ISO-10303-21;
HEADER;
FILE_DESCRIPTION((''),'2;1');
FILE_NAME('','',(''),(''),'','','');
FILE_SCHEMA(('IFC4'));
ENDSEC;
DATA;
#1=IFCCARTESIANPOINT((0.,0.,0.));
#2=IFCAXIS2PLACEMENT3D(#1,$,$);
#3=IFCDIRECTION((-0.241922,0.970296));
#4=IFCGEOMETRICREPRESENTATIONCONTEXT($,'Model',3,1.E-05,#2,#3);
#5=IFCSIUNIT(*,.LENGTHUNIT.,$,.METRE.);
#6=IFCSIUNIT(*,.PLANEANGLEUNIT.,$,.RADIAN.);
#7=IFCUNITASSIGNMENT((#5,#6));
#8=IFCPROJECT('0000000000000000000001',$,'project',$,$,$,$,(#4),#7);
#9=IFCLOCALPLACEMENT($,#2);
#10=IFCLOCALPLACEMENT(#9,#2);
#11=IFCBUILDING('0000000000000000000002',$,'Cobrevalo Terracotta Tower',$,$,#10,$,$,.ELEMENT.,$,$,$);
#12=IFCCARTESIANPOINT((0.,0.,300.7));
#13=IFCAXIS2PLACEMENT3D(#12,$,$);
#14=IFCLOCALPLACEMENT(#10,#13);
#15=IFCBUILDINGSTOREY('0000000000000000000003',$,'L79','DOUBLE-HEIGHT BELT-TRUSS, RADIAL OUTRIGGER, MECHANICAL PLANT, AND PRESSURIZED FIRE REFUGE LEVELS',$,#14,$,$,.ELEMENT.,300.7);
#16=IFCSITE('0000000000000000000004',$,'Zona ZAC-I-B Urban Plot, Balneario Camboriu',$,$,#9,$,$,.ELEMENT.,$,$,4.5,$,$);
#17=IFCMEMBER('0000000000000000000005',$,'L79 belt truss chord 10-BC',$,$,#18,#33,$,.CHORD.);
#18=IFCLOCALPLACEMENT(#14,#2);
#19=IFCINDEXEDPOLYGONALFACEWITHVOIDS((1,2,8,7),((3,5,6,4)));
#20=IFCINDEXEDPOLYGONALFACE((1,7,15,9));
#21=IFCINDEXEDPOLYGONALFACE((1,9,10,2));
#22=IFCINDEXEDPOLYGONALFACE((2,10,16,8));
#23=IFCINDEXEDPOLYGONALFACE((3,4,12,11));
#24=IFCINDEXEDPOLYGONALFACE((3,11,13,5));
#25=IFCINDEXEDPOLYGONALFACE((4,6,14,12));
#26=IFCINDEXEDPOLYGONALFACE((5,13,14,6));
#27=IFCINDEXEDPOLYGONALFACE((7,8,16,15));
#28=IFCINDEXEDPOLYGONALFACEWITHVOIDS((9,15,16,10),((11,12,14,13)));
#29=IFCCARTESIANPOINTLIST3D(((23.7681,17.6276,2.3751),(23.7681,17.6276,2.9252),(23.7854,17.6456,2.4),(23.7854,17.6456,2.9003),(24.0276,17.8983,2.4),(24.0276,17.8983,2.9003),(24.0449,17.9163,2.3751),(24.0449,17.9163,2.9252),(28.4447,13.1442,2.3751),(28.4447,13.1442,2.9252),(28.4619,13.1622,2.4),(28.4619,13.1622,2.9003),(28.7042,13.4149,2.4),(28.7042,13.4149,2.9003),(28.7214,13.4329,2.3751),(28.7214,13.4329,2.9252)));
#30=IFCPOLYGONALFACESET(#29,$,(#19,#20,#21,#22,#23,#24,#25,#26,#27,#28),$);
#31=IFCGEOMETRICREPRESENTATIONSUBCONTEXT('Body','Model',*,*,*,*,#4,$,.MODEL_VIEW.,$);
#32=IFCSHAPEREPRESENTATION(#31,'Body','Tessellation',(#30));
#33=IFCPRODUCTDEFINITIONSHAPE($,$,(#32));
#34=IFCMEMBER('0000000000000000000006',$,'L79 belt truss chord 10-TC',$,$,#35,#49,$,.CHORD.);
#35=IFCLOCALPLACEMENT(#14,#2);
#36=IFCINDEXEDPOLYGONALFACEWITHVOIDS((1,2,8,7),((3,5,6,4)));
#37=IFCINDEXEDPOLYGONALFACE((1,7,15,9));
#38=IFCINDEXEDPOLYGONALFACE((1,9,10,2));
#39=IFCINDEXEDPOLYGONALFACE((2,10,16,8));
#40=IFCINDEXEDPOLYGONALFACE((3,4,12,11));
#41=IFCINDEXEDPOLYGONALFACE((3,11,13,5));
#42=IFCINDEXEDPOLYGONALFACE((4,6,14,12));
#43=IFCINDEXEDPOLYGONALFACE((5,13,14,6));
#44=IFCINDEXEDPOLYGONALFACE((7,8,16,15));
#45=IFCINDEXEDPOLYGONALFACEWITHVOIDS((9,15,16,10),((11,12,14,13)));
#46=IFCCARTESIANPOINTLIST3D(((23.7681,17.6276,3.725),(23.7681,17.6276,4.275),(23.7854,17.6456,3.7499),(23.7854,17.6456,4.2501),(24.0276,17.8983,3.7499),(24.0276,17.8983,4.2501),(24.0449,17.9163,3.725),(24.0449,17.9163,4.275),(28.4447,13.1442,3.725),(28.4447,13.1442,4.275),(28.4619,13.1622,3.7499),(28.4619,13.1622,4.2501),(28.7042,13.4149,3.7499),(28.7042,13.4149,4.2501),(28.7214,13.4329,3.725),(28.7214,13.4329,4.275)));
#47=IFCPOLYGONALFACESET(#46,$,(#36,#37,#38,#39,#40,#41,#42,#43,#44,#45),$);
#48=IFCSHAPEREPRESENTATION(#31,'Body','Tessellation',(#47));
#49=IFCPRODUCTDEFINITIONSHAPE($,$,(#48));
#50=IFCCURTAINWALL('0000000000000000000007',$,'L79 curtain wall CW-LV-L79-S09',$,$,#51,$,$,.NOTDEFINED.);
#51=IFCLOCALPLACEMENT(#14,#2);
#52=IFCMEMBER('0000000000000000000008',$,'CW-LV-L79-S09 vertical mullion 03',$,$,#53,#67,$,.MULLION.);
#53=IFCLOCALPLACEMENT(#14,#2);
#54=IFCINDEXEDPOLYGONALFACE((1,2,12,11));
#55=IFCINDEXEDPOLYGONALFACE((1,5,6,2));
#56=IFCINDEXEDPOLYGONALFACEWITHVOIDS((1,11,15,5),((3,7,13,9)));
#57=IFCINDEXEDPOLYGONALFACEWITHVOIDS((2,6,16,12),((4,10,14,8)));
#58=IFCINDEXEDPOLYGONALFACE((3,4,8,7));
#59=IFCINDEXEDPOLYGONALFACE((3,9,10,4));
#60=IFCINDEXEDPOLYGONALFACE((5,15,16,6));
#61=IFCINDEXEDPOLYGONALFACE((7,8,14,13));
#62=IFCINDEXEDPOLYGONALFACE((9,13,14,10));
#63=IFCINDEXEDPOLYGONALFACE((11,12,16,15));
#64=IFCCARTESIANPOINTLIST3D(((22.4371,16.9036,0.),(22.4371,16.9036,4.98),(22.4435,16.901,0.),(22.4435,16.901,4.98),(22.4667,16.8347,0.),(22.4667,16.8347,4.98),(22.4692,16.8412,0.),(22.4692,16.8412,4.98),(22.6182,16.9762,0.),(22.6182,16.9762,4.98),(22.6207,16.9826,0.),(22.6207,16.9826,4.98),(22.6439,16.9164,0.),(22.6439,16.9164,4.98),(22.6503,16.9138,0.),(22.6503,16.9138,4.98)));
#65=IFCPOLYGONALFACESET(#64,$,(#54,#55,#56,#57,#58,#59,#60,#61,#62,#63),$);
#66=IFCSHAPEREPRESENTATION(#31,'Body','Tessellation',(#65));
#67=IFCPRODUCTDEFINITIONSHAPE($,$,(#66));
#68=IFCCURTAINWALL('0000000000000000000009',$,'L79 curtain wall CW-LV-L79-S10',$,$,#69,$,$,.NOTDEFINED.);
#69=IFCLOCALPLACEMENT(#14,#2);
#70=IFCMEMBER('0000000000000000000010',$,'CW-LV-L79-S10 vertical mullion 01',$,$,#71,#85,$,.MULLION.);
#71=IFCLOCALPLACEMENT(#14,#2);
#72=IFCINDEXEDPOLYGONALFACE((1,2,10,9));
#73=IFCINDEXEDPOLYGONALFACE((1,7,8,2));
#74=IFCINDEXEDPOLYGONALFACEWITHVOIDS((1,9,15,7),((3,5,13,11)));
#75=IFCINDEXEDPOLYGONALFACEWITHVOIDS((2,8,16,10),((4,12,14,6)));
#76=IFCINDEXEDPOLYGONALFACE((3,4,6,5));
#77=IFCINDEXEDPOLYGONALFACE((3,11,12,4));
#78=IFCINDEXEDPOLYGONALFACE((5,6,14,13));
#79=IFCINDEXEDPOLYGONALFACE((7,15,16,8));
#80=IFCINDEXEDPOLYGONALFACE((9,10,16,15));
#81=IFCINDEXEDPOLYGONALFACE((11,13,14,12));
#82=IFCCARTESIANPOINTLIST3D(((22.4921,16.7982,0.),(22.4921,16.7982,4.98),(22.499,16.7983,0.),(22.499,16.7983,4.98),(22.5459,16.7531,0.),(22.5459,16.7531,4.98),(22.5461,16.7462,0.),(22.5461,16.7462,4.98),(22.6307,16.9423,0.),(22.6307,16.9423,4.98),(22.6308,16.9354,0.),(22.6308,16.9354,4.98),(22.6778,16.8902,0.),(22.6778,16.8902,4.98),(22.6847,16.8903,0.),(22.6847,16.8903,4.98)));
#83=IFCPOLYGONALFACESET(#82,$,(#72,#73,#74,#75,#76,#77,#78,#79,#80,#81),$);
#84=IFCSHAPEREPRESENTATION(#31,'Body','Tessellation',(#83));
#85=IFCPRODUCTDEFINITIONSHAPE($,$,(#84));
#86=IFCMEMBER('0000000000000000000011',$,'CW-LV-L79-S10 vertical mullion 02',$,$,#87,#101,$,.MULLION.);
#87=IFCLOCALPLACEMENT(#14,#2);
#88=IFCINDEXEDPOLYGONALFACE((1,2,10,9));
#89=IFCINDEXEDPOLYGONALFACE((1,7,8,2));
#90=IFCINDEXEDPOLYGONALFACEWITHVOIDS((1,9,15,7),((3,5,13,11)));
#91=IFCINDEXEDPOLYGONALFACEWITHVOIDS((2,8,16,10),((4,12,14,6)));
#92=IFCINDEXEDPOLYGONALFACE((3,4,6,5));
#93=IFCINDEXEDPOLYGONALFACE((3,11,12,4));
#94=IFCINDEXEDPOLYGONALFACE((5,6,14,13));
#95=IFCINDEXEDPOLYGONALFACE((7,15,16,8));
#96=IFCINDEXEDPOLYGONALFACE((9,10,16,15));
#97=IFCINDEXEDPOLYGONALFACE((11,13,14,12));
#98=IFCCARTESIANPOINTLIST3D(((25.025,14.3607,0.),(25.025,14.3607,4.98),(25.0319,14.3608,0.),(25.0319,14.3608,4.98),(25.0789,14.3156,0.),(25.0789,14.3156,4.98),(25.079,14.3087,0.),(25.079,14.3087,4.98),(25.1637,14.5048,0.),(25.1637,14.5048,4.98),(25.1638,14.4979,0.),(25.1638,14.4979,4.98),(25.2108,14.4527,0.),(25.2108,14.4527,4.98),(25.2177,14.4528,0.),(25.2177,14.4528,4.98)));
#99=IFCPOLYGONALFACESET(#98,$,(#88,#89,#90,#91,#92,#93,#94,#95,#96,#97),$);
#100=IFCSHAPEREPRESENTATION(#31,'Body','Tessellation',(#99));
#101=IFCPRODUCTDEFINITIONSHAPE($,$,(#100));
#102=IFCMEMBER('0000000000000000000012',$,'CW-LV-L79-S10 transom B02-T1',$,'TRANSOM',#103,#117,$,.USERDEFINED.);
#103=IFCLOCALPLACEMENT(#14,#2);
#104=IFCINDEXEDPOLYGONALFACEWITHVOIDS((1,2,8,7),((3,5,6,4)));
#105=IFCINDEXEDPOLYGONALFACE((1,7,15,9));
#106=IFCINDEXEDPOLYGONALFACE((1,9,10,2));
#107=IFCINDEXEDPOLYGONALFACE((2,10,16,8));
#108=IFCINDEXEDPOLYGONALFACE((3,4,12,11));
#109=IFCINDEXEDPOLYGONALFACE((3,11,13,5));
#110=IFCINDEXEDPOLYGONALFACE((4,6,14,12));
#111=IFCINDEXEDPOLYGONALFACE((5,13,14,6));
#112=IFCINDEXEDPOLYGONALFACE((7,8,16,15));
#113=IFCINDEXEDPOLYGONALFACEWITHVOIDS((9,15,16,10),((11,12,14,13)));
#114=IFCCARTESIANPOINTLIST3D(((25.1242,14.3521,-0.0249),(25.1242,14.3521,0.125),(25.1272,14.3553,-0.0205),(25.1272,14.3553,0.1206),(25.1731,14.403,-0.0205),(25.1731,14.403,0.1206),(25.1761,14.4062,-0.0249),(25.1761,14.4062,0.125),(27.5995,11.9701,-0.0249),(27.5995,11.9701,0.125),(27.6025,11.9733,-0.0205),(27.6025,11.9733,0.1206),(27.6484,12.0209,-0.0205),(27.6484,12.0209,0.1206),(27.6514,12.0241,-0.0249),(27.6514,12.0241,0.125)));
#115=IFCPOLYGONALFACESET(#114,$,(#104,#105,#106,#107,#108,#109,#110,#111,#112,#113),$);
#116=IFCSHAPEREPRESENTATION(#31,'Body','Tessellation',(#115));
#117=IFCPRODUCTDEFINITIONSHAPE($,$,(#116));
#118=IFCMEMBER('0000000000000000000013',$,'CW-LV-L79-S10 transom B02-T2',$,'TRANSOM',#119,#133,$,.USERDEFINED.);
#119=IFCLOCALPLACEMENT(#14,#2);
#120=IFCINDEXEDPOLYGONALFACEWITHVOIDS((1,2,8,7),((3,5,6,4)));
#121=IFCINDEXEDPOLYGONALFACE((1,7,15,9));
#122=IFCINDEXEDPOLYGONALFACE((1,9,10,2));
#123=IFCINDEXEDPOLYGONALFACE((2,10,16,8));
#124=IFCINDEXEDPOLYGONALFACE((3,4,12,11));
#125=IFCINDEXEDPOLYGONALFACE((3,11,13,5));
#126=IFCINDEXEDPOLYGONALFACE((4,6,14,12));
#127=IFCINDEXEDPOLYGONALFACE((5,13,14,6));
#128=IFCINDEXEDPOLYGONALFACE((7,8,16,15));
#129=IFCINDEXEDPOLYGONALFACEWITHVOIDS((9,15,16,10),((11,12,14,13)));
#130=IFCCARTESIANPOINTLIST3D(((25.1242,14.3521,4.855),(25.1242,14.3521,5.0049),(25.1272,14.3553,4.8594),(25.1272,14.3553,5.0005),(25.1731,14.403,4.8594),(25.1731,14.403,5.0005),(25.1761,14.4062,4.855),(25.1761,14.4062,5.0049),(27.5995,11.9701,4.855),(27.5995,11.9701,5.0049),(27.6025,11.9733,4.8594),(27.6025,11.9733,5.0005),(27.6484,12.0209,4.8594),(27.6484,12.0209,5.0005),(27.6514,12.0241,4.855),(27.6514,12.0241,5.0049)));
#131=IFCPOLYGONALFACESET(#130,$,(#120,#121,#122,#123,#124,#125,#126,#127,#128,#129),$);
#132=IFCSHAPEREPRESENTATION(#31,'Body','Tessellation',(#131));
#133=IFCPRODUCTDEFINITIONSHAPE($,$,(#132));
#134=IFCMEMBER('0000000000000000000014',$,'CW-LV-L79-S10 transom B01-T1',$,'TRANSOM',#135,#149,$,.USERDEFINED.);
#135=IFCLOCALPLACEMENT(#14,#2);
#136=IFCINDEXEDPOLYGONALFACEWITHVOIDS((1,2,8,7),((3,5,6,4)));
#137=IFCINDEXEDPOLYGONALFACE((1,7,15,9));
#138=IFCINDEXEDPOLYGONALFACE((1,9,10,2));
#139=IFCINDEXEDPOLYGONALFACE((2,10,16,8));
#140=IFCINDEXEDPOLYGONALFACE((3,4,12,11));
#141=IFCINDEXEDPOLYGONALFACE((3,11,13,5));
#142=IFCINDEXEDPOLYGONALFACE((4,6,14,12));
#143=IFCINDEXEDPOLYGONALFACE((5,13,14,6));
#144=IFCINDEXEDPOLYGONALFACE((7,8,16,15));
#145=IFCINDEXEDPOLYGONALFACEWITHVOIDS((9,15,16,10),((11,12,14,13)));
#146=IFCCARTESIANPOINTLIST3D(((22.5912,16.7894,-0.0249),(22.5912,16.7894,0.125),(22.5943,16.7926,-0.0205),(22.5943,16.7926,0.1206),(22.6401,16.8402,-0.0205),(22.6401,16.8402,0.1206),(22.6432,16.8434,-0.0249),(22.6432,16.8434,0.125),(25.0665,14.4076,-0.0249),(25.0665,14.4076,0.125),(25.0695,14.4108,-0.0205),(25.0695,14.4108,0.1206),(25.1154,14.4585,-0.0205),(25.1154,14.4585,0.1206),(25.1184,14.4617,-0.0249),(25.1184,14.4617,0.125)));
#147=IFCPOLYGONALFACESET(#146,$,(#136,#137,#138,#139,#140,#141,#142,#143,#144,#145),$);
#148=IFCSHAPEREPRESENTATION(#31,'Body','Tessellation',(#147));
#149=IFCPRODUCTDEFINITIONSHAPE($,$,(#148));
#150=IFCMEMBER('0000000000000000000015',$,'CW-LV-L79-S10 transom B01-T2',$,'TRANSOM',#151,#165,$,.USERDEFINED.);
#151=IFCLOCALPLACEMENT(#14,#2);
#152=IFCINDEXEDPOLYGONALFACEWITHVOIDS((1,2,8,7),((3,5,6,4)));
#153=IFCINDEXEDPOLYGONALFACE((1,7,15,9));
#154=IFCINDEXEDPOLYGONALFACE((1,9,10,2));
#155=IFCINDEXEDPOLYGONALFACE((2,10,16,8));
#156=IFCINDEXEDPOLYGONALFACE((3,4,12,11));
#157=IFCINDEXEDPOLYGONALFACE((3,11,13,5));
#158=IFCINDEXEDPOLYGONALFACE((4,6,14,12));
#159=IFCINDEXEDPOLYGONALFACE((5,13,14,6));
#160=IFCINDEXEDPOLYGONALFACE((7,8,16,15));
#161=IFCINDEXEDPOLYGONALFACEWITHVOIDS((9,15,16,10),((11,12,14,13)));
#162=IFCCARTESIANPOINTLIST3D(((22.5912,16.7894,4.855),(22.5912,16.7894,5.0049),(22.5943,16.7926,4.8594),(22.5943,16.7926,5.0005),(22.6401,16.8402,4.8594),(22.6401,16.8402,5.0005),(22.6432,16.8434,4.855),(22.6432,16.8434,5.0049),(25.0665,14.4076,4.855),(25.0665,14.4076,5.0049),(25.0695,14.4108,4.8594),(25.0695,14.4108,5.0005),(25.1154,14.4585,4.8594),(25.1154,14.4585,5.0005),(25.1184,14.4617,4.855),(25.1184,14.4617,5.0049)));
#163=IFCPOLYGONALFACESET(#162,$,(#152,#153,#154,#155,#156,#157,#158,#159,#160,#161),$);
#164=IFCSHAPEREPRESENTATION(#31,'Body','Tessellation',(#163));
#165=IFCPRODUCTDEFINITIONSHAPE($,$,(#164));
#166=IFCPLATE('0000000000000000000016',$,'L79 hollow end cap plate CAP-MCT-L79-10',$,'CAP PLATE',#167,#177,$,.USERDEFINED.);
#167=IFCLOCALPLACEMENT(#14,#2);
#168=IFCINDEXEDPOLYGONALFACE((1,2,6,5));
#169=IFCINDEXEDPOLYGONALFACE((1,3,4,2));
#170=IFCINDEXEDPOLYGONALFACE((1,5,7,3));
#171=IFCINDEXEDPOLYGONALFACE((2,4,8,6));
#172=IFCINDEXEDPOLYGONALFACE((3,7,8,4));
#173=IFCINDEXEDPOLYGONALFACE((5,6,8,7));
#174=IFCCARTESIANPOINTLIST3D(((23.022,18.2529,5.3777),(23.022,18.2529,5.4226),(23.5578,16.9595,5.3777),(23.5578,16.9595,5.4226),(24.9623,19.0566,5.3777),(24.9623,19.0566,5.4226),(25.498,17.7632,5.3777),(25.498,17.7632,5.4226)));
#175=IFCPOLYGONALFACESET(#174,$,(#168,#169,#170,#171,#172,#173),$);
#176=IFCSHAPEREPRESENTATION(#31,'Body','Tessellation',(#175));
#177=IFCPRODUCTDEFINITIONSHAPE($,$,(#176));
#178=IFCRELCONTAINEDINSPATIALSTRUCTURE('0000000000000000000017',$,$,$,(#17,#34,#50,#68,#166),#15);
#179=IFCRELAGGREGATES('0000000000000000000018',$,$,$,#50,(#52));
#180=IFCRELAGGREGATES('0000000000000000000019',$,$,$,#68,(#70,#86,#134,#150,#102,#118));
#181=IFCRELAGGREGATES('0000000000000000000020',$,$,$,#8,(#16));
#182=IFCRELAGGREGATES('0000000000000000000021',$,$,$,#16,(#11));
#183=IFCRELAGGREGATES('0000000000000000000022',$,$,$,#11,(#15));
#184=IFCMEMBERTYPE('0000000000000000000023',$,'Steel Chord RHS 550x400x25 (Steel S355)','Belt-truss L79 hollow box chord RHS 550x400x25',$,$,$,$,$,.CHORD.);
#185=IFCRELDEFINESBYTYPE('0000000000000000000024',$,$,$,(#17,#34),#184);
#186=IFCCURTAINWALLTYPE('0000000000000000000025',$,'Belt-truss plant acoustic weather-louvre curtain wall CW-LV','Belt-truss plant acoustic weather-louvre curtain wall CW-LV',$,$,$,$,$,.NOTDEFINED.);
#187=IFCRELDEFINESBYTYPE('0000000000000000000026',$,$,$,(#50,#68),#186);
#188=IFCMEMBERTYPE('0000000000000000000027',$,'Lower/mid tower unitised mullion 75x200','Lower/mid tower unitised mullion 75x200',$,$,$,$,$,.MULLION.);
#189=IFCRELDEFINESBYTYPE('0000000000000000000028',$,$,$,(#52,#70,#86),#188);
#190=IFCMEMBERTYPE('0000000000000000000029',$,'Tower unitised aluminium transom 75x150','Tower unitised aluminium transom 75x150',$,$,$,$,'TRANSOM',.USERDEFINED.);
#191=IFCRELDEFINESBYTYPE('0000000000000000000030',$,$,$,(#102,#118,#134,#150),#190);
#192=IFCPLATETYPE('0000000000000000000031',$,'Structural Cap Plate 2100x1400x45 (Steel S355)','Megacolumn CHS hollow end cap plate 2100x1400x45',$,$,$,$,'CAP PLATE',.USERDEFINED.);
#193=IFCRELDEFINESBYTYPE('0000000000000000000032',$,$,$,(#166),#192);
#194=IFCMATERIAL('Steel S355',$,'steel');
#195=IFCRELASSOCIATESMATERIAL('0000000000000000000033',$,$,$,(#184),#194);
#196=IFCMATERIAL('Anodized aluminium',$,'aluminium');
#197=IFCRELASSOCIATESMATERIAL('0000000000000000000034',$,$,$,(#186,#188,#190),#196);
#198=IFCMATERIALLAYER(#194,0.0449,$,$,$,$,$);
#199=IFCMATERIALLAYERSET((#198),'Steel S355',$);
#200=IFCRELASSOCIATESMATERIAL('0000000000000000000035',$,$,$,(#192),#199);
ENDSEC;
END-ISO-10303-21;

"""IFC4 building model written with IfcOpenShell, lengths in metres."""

from ifc_helpers import new_model, si_unit, direction, frame, origin, origin_2d, place, context, subcontext, project, spatial, rectangle, hollow_rectangle, extrude, source, transform, mapped, material, layer, layer_set, material_profile, profile_set, type_object, element, aggregate, save


model = new_model("IFC4")

# Units and contexts
model_context = context("Model", 3, precision=1e-05, world=origin(), true_north=direction((-0.241922, 0.970296)))
body_context = subcontext(model_context, "Body", "Model", "MODEL_VIEW")
ifc_project = project(units=[si_unit("LENGTHUNIT", "METRE"), si_unit("PLANEANGLEUNIT", "RADIAN")], contexts=[model_context])

# Site, building, storey
site_placement = place(None, origin())
site = spatial("IfcSite", under=ifc_project, at=site_placement, Name="Zona ZAC-I-B Urban Plot, Balneario Camboriu", CompositionType="ELEMENT", RefElevation=4.5)
building_placement = place(site_placement, origin())
building = spatial("IfcBuilding", under=site, at=building_placement, Name="Cobrevalo Terracotta Tower", CompositionType="ELEMENT")
storey_placement = place(building_placement, frame((0.0, 0.0, 300.7)))
storey = spatial("IfcBuildingStorey", under=building, at=storey_placement, Name="L79", Description="DOUBLE-HEIGHT BELT-TRUSS, RADIAL OUTRIGGER, MECHANICAL PLANT, AND PRESSURIZED FIRE REFUGE LEVELS", CompositionType="ELEMENT", Elevation=300.7)

# Shared definitions
ifc_material_1 = material(Name="Steel S355", Category="steel")

# Members
ifc_material_profile_1 = material_profile(ifc_material_1, hollow_rectangle(XDim=0.3999, YDim=0.55, WallThickness=0.0249, at=origin_2d()), Name="RHS 550x400x25")
ifc_profile_set_1 = profile_set([ifc_material_profile_1], Name="Steel S355")
member_type_1 = type_object("IfcMemberType", Name="Steel Chord RHS 550x400x25 (Steel S355)", Description="Belt-truss L79 hollow box chord RHS 550x400x25", PredefinedType="CHORD", material=ifc_profile_set_1)
shared_shape_1 = source(origin(), body_context, "Body", "SweptSolid", [
    extrude(hollow_rectangle(XDim=0.3999, YDim=0.55, WallThickness=0.0249, at=origin_2d()), origin(), (0.0, 0.0, 1.0), 6.4785),
])
for number, where, z_axis, x_axis, name in (
    (1, (23.9065, 17.772, 2.6501), (0.721854, -0.692045, 0.0), (0.692045, 0.721854, 0.0), "L79 belt truss chord 10-BC"),
    (2, (23.9065, 17.772, 4.0), (0.721854, -0.692045, 0.0), (0.692045, 0.721854, 0.0), "L79 belt truss chord 10-TC"),
):
    element("IfcMember", number, at=place(storey_placement, frame(where, z_axis=z_axis, x_axis=x_axis)), inside=storey, type_object=member_type_1, Name=name, PredefinedType="CHORD", context=body_context, shape_type="MappedRepresentation", body=[
        mapped(shared_shape_1, transform((0.0, 0.0, 0.0), scale=1.0)),
    ])

# Curtain wall, member
ifc_material_2 = material(Name="Anodized aluminium", Category="aluminium")
curtain_wall_type = type_object("IfcCurtainWallType", Name="Belt-truss plant acoustic weather-louvre curtain wall CW-LV", Description="Belt-truss plant acoustic weather-louvre curtain wall CW-LV", PredefinedType="NOTDEFINED", material=ifc_material_2)
curtain_wall_1_placement = place(storey_placement, origin())
curtain_wall_1 = element("IfcCurtainWall", 3, at=curtain_wall_1_placement, inside=storey, type_object=curtain_wall_type, Name="L79 curtain wall CW-LV-L79-S09", PredefinedType="NOTDEFINED")
ifc_material_profile_2 = material_profile(ifc_material_2, hollow_rectangle(XDim=0.075, YDim=0.2, WallThickness=0.0049, at=origin_2d()), Name="CWM 75x200")
ifc_profile_set_2 = profile_set([ifc_material_profile_2], Name="Anodized aluminium")
member_type_2 = type_object("IfcMemberType", Name="Lower/mid tower unitised mullion 75x200", Description="Lower/mid tower unitised mullion 75x200", PredefinedType="MULLION", material=ifc_profile_set_2)
shared_shape_2 = source(origin(), body_context, "Body", "SweptSolid", [
    extrude(hollow_rectangle(XDim=0.075, YDim=0.2, WallThickness=0.0049, at=origin_2d()), origin(), (0.0, 0.0, 1.0), 4.98),
])
member_1_placement = place(storey_placement, frame((22.5437, 16.9087, 0.0), z_axis=(0.0, 0.0, 1.0), x_axis=(0.395369, -0.918522, 0.0)))
member_1 = element("IfcMember", 4, at=member_1_placement, type_object=member_type_2, Name="CW-LV-L79-S09 vertical mullion 03", PredefinedType="MULLION", context=body_context, shape_type="MappedRepresentation", body=[
    mapped(shared_shape_2, transform((0.0, 0.0, 0.0), scale=1.0)),
])
aggregate(curtain_wall_1, [member_1])

# Curtain wall, members
curtain_wall_2_placement = place(storey_placement, origin())
curtain_wall_2 = element("IfcCurtainWall", 5, at=curtain_wall_2_placement, inside=storey, type_object=curtain_wall_type, Name="L79 curtain wall CW-LV-L79-S10", PredefinedType="NOTDEFINED")
member_2_placement = place(storey_placement, frame((22.5884, 16.8442, 0.0), z_axis=(0.0, 0.0, 1.0), x_axis=(0.720551, -0.693402, 0.0)))
member_2 = element("IfcMember", 6, at=member_2_placement, type_object=member_type_2, Name="CW-LV-L79-S10 vertical mullion 01", PredefinedType="MULLION", context=body_context, shape_type="MappedRepresentation", body=[
    mapped(shared_shape_2, transform((0.0, 0.0, 0.0), scale=1.0)),
])
member_3_placement = place(storey_placement, frame((25.1213, 14.4067, 0.0), z_axis=(0.0, 0.0, 1.0), x_axis=(0.720551, -0.693402, 0.0)))
member_3 = element("IfcMember", 7, at=member_3_placement, type_object=member_type_2, Name="CW-LV-L79-S10 vertical mullion 02", PredefinedType="MULLION", context=body_context, shape_type="MappedRepresentation", body=[
    mapped(shared_shape_2, transform((0.0, 0.0, 0.0), scale=1.0)),
])
ifc_material_profile_3 = material_profile(ifc_material_2, hollow_rectangle(XDim=0.075, YDim=0.1499, WallThickness=0.0044, at=origin_2d()), Name="CWT 75x150")
ifc_profile_set_3 = profile_set([ifc_material_profile_3], Name="Anodized aluminium")
member_type_3 = type_object("IfcMemberType", Name="Tower unitised aluminium transom 75x150", Description="Tower unitised aluminium transom 75x150", ElementType="TRANSOM", PredefinedType="USERDEFINED", material=ifc_profile_set_3)
shared_shape_3 = source(origin(), body_context, "Body", "SweptSolid", [
    extrude(hollow_rectangle(XDim=0.075, YDim=0.1499, WallThickness=0.0044, at=origin_2d()), origin(), (0.0, 0.0, 1.0), 3.4353),
])
member_4_placement = place(storey_placement, frame((25.1501, 14.3792, 0.05), z_axis=(0.72055, -0.693403, 0.0), x_axis=(0.693403, 0.72055, 0.0)))
member_4 = element("IfcMember", 8, at=member_4_placement, type_object=member_type_3, Name="CW-LV-L79-S10 transom B02-T1", ObjectType="TRANSOM", PredefinedType="USERDEFINED", context=body_context, shape_type="MappedRepresentation", body=[
    mapped(shared_shape_3, transform((0.0, 0.0, 0.0), scale=1.0)),
])
member_5_placement = place(storey_placement, frame((25.1501, 14.3792, 4.9299), z_axis=(0.72055, -0.693403, 0.0), x_axis=(0.693403, 0.72055, 0.0)))
member_5 = element("IfcMember", 9, at=member_5_placement, type_object=member_type_3, Name="CW-LV-L79-S10 transom B02-T2", ObjectType="TRANSOM", PredefinedType="USERDEFINED", context=body_context, shape_type="MappedRepresentation", body=[
    mapped(shared_shape_3, transform((0.0, 0.0, 0.0), scale=1.0)),
])
shared_shape_4 = source(origin(), body_context, "Body", "SweptSolid", [
    extrude(hollow_rectangle(XDim=0.075, YDim=0.1499, WallThickness=0.0044, at=origin_2d()), origin(), (0.0, 0.0, 1.0), 3.4351),
])
member_6_placement = place(storey_placement, frame((22.6172, 16.8164, 0.05), z_axis=(0.720586, -0.693366, 0.0), x_axis=(0.693366, 0.720586, 0.0)))
member_6 = element("IfcMember", 10, at=member_6_placement, type_object=member_type_3, Name="CW-LV-L79-S10 transom B01-T1", ObjectType="TRANSOM", PredefinedType="USERDEFINED", context=body_context, shape_type="MappedRepresentation", body=[
    mapped(shared_shape_4, transform((0.0, 0.0, 0.0), scale=1.0)),
])
member_7_placement = place(storey_placement, frame((22.6172, 16.8164, 4.9299), z_axis=(0.720586, -0.693366, 0.0), x_axis=(0.693366, 0.720586, 0.0)))
member_7 = element("IfcMember", 11, at=member_7_placement, type_object=member_type_3, Name="CW-LV-L79-S10 transom B01-T2", ObjectType="TRANSOM", PredefinedType="USERDEFINED", context=body_context, shape_type="MappedRepresentation", body=[
    mapped(shared_shape_4, transform((0.0, 0.0, 0.0), scale=1.0)),
])

# Plate
ifc_layer_1 = layer(ifc_material_1, 0.0449)
ifc_layer_set_1 = layer_set([ifc_layer_1], Name="Steel S355")
plate_type_1 = type_object("IfcPlateType", Name="Structural Cap Plate 2100x1400x45 (Steel S355)", Description="Megacolumn CHS hollow end cap plate 2100x1400x45", ElementType="CAP PLATE", PredefinedType="USERDEFINED", material=ifc_layer_set_1)
shared_shape_5 = source(origin(), body_context, "Body", "SweptSolid", [
    extrude(rectangle(XDim=2.1001, YDim=1.3999, at=origin_2d()), origin(), (0.0, 0.0, 1.0), 0.0449),
])
plate_1_placement = place(storey_placement, frame((24.26, 18.0081, 5.3777), z_axis=(0.0, 0.0, 1.0), x_axis=(-0.92388, -0.382683, 0.0)))
element("IfcPlate", 12, at=plate_1_placement, inside=storey, type_object=plate_type_1, Name="L79 hollow end cap plate CAP-MCT-L79-10", ObjectType="CAP PLATE", PredefinedType="USERDEFINED", context=body_context, shape_type="MappedRepresentation", body=[
    mapped(shared_shape_5, transform((0.0, 0.0, 0.0), scale=1.0)),
])

aggregate(curtain_wall_2, [member_2, member_3, member_6, member_7, member_4, member_5])

save(model, "model.ifc")
